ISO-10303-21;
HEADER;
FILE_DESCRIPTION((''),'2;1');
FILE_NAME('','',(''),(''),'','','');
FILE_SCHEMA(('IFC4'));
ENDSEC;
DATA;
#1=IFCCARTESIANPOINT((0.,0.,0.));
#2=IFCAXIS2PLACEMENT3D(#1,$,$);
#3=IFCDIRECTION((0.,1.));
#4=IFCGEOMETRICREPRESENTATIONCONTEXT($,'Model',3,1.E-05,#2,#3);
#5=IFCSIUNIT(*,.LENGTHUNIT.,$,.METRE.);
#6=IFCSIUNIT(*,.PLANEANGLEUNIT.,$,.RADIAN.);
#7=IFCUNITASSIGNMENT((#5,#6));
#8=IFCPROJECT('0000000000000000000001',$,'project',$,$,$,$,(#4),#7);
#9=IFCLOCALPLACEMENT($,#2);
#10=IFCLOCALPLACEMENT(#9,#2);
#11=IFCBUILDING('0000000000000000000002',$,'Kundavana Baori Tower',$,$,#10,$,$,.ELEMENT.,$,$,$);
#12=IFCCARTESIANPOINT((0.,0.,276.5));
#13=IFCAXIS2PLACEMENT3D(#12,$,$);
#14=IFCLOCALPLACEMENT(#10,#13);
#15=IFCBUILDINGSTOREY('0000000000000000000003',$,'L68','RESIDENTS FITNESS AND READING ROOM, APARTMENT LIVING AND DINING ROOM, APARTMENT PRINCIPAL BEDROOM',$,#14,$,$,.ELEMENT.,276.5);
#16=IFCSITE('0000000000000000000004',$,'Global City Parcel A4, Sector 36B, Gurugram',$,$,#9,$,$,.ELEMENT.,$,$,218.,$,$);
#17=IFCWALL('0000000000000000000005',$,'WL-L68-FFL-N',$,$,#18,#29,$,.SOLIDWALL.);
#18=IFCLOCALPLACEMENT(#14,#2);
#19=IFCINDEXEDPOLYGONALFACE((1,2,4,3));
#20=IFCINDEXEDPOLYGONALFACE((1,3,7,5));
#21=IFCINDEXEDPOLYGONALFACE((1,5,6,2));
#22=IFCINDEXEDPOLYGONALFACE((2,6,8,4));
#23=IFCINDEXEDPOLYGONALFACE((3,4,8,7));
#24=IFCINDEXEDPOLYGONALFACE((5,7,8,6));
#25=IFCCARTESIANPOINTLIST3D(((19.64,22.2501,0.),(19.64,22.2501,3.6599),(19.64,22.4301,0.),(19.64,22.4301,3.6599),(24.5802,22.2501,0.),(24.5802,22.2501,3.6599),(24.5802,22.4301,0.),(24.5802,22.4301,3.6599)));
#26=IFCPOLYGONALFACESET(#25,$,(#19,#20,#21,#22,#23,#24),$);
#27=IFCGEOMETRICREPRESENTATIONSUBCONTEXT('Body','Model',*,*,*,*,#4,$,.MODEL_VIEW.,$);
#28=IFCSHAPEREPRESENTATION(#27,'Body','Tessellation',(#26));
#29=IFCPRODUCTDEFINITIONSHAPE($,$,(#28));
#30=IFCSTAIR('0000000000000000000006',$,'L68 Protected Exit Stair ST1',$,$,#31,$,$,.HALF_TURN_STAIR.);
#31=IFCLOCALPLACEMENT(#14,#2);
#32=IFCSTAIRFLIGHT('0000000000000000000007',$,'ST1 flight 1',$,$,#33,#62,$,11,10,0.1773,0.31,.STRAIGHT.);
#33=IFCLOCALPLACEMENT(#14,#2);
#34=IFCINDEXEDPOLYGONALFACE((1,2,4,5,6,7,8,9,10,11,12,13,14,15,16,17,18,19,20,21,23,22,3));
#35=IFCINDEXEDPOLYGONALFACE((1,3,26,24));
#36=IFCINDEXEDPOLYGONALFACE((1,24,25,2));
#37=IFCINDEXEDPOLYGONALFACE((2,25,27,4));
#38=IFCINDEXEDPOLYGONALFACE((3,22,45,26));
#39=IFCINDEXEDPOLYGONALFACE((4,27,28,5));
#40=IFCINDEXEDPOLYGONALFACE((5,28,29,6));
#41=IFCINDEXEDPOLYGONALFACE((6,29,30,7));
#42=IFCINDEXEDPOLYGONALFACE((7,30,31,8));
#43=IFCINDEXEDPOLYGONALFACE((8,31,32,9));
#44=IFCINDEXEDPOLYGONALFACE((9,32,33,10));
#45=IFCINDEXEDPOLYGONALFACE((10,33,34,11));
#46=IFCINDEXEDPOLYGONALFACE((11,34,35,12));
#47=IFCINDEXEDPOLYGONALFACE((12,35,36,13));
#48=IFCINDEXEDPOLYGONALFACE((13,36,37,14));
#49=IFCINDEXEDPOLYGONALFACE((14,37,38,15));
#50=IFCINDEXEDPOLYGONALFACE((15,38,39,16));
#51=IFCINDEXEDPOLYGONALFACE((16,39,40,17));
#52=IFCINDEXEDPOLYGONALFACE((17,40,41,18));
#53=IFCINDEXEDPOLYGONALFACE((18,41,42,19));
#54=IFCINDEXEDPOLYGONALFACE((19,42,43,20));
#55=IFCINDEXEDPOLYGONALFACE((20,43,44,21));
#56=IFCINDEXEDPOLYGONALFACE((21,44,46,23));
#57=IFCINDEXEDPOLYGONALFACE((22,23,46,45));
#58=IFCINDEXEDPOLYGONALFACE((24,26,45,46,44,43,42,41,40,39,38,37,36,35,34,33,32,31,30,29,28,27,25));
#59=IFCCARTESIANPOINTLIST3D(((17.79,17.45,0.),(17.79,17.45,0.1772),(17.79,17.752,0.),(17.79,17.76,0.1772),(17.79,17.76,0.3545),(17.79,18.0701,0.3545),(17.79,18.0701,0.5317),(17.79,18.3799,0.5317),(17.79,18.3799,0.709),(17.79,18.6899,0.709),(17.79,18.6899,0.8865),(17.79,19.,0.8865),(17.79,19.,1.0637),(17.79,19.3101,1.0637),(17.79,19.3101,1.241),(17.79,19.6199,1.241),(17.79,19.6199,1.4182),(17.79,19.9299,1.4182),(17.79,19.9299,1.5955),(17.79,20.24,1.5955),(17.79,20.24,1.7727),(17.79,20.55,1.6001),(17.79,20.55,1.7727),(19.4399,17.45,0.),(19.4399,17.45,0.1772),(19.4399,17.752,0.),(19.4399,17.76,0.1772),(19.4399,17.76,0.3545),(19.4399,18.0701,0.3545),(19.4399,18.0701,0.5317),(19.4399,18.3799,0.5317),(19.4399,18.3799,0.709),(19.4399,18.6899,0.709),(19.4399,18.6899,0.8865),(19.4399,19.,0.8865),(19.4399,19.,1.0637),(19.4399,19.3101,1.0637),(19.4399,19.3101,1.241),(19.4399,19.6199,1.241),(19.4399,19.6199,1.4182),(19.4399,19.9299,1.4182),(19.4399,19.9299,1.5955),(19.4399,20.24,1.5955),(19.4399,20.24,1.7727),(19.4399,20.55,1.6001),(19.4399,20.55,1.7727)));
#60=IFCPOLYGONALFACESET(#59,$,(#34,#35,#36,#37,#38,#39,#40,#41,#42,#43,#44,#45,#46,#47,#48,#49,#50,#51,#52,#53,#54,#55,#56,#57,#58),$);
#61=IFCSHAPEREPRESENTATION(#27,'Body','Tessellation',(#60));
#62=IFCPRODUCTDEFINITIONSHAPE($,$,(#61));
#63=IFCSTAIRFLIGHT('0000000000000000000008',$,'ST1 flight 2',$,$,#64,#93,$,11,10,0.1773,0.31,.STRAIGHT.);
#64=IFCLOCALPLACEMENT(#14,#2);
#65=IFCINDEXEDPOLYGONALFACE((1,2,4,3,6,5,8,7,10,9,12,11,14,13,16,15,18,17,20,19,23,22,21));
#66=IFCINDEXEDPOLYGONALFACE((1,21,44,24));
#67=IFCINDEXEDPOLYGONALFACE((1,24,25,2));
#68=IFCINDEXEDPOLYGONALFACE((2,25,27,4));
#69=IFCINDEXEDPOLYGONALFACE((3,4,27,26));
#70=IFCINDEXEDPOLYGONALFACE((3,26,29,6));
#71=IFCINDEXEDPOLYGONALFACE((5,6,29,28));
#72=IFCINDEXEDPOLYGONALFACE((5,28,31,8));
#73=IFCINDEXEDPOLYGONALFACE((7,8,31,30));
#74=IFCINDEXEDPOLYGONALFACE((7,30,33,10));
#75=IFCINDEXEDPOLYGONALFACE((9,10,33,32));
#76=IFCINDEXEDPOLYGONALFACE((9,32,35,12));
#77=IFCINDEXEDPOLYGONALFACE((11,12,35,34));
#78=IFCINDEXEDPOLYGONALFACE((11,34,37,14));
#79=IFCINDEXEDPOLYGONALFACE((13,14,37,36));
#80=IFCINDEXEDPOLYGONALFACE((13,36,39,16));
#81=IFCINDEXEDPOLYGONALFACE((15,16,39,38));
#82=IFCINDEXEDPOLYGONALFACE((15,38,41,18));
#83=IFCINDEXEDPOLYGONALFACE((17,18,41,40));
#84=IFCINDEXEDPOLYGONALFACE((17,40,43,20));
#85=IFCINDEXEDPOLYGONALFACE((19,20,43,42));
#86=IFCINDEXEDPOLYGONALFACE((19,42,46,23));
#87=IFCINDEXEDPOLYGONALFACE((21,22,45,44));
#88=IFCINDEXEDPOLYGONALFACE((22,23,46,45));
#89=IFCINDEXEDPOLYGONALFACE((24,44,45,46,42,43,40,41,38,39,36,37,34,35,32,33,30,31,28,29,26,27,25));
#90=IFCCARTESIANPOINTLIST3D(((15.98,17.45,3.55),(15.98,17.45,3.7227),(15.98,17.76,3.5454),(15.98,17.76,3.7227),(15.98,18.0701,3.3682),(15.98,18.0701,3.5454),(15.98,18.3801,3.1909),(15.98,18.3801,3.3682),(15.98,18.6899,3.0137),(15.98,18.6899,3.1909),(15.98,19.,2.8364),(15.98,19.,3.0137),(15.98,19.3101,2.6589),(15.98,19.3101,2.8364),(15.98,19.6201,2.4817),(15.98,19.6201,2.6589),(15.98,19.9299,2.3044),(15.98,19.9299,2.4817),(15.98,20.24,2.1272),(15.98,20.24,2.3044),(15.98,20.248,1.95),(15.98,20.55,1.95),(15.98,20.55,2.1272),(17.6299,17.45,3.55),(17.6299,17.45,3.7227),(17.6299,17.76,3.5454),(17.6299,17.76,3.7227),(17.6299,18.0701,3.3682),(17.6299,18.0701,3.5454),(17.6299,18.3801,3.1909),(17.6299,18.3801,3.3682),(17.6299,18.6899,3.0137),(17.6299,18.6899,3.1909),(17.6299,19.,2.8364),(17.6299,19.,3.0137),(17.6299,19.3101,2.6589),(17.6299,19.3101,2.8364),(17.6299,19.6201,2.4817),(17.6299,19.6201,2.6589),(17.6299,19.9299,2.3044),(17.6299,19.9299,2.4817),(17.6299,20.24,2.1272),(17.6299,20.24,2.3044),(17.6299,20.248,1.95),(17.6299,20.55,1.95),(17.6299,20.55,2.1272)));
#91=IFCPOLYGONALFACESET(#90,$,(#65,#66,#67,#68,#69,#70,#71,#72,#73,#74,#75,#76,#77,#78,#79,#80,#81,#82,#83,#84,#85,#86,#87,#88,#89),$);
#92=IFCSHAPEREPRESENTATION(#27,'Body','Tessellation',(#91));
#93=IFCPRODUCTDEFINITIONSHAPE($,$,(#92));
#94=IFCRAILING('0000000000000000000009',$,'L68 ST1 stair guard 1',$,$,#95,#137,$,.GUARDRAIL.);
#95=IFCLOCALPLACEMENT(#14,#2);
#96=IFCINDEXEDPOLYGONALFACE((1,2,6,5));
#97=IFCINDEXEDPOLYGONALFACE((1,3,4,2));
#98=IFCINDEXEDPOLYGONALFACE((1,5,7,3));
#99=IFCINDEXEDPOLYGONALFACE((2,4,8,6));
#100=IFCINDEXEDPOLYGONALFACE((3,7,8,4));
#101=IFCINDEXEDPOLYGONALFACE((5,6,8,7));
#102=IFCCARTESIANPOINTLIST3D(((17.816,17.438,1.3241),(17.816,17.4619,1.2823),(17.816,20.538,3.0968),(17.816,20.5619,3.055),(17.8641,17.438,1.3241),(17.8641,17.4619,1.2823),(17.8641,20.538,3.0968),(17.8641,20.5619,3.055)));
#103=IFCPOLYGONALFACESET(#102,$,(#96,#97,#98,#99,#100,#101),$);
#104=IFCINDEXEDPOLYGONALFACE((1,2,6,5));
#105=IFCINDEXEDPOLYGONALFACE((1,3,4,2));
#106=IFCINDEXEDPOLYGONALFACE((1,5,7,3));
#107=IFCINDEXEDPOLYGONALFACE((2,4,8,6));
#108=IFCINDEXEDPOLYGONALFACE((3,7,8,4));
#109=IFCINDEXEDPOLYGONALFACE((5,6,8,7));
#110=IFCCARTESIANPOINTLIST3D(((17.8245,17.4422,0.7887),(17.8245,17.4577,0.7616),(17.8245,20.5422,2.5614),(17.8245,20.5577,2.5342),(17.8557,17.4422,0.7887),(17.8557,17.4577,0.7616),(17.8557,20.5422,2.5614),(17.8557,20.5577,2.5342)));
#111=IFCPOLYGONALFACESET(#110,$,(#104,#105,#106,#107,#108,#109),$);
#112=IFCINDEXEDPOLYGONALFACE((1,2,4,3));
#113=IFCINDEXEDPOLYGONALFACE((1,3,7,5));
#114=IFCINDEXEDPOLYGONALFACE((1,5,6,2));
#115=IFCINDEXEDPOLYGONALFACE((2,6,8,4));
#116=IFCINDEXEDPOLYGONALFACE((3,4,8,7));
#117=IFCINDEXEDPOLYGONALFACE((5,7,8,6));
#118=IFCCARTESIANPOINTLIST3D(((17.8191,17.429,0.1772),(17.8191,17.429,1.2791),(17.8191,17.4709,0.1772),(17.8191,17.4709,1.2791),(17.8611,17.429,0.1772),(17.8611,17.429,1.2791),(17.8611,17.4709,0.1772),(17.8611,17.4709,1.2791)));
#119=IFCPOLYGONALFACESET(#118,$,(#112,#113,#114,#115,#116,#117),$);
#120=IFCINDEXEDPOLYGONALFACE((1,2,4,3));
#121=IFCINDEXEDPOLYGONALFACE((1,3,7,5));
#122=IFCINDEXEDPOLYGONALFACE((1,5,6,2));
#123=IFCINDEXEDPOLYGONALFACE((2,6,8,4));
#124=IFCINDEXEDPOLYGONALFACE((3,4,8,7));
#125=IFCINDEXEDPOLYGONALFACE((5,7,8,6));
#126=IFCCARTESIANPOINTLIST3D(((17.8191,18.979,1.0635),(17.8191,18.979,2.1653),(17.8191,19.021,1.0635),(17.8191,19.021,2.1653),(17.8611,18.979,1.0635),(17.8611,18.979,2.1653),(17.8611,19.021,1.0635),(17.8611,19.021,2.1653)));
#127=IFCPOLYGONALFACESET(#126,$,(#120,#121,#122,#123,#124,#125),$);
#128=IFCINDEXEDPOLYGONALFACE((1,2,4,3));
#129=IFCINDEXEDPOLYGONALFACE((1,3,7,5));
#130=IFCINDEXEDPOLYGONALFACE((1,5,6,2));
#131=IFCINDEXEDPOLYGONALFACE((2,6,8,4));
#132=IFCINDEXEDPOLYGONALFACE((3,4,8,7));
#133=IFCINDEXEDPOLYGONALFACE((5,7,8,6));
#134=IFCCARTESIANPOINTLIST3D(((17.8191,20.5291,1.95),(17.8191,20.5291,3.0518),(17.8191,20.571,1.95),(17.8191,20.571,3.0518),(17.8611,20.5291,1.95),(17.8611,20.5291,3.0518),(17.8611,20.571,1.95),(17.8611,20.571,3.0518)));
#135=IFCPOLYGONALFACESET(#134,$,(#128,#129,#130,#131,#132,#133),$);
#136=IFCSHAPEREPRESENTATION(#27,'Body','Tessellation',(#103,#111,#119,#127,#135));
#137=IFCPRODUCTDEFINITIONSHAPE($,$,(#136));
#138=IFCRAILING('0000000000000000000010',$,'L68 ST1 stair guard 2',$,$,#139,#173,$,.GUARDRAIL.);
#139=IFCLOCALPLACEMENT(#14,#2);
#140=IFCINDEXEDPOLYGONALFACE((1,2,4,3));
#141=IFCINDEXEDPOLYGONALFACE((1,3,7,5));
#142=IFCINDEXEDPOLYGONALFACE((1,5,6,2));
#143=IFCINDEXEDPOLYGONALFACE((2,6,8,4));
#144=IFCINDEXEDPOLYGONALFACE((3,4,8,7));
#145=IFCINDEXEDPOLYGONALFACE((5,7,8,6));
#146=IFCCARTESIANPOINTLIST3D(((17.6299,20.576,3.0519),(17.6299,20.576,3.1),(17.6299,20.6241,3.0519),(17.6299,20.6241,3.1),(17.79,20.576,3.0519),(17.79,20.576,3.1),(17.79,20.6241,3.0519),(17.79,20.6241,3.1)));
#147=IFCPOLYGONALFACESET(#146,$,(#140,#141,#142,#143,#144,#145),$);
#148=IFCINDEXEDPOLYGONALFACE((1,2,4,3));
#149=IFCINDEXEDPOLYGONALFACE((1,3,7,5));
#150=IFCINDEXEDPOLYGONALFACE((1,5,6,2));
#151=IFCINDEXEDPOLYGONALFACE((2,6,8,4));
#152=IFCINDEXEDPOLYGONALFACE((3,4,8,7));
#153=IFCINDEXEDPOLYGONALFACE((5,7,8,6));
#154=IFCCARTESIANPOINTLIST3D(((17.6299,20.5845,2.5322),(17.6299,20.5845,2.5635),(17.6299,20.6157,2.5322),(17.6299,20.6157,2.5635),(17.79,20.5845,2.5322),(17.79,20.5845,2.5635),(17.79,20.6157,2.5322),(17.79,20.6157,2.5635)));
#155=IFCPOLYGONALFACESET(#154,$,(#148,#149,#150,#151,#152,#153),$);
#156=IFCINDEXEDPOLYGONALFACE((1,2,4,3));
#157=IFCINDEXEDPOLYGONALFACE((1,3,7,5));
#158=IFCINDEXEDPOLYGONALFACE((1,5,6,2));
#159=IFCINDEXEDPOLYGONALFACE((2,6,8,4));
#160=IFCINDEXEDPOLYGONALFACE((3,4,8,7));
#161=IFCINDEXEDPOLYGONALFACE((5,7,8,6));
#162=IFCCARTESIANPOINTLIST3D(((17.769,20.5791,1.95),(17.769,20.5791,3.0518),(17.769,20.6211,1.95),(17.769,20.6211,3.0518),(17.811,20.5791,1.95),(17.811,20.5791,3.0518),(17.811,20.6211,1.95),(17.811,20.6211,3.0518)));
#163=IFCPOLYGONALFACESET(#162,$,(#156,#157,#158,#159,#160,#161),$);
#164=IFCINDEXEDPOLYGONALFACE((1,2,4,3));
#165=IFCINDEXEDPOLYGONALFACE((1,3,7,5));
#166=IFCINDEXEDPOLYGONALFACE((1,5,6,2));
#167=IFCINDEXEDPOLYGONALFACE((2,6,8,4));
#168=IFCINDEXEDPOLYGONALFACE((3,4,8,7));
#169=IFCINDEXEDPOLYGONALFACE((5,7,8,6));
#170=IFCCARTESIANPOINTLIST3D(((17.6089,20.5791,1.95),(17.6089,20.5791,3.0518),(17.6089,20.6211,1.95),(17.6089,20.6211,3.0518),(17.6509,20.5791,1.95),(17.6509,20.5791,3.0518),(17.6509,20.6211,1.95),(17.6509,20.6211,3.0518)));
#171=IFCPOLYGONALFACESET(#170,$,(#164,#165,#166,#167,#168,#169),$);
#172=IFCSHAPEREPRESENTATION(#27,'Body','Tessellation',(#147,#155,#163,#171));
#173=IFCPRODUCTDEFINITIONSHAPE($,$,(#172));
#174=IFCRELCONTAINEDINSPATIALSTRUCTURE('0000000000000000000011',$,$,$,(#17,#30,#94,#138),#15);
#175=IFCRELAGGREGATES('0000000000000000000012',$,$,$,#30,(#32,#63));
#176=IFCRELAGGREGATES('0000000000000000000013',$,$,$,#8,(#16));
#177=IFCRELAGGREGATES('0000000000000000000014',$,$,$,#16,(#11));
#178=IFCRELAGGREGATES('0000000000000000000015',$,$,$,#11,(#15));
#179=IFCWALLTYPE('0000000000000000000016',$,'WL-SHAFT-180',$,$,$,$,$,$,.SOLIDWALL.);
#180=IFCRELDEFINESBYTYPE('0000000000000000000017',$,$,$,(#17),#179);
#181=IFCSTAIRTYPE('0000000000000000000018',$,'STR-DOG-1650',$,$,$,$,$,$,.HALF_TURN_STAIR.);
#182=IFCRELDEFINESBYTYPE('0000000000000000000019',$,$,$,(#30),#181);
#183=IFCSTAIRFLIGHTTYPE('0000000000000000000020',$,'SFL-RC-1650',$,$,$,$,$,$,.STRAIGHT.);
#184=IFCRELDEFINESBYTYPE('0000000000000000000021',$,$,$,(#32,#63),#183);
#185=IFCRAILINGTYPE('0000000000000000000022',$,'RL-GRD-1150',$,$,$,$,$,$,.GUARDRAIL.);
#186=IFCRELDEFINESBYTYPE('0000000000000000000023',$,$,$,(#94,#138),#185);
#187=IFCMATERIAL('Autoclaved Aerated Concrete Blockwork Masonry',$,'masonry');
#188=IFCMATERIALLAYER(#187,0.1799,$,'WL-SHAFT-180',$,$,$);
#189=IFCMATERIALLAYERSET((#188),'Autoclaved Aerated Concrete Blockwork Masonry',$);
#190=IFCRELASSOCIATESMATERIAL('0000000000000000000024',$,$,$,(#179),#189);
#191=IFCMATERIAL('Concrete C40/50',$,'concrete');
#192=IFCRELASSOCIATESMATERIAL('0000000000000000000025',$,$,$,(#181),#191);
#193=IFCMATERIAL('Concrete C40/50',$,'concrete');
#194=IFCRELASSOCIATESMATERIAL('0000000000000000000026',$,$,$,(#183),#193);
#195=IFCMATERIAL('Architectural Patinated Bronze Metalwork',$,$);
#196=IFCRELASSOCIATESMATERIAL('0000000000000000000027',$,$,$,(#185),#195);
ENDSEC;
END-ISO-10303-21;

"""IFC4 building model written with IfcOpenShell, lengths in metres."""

from ifc_helpers import new_model, si_unit, direction, frame, frame_2d, origin, origin_2d, place, context, subcontext, project, spatial, polyline, rectangle, outline, extrude, material, layer, layer_set, type_object, element, aggregate, save


model = new_model("IFC4")

# Units and contexts
model_context = context("Model", 3, precision=1e-05, world=origin(), true_north=direction((0.0, 1.0)))
body_context = subcontext(model_context, "Body", "Model", "MODEL_VIEW")
ifc_project = project(units=[si_unit("LENGTHUNIT", "METRE"), si_unit("PLANEANGLEUNIT", "RADIAN")], contexts=[model_context])

# Site, building, storey
site_placement = place(None, origin())
site = spatial("IfcSite", under=ifc_project, at=site_placement, Name="Global City Parcel A4, Sector 36B, Gurugram", CompositionType="ELEMENT", RefElevation=218.0)
building_placement = place(site_placement, origin())
building = spatial("IfcBuilding", under=site, at=building_placement, Name="Kundavana Baori Tower", CompositionType="ELEMENT")
storey_placement = place(building_placement, frame((0.0, 0.0, 276.5)))
storey = spatial("IfcBuildingStorey", under=building, at=storey_placement, Name="L68", Description="RESIDENTS FITNESS AND READING ROOM, APARTMENT LIVING AND DINING ROOM, APARTMENT PRINCIPAL BEDROOM", CompositionType="ELEMENT", Elevation=276.5)

# Shared definitions
ifc_material_1 = material(Name="Autoclaved Aerated Concrete Blockwork Masonry", Category="masonry")
ifc_layer_1 = layer(ifc_material_1, 0.1799, Name="WL-SHAFT-180")
ifc_layer_set_1 = layer_set([ifc_layer_1], Name="Autoclaved Aerated Concrete Blockwork Masonry")
wall_type_1 = type_object("IfcWallType", Name="WL-SHAFT-180", PredefinedType="SOLIDWALL", material=ifc_layer_set_1)

# Wall
wall_1_placement = place(storey_placement, frame((19.6399, 22.3401, 0.0), z_axis=(0.0, 0.0, 1.0), x_axis=(1.0, 0.0, 0.0)))
element("IfcWall", 1, at=wall_1_placement, inside=storey, type_object=wall_type_1, Name="WL-L68-FFL-N", PredefinedType="SOLIDWALL", context=body_context, shape_type="SweptSolid", body=[
    extrude(rectangle(XDim=4.9402, YDim=0.1799, at=frame_2d((2.4702, 0.0))), origin(), (0.0, 0.0, 1.0), 3.6599),
])

# Stair, stair flights
ifc_material_2 = material(Name="Concrete C40/50", Category="concrete")
stair_type = type_object("IfcStairType", Name="STR-DOG-1650", PredefinedType="HALF_TURN_STAIR", material=ifc_material_2)
stair_placement = place(storey_placement, origin())
stair = element("IfcStair", 2, at=stair_placement, inside=storey, type_object=stair_type, Name="L68 Protected Exit Stair ST1", PredefinedType="HALF_TURN_STAIR")
ifc_material_3 = material(Name="Concrete C40/50", Category="concrete")
stair_flight_type = type_object("IfcStairFlightType", Name="SFL-RC-1650", PredefinedType="STRAIGHT", material=ifc_material_3)
stair_flight_1_placement = place(storey_placement, frame((18.615, 17.45, 0.0), z_axis=(0.0, 0.0, 1.0), x_axis=(0.0, 1.0, 0.0)))
stair_flight_1 = element("IfcStairFlight", 3, at=stair_flight_1_placement, type_object=stair_flight_type, Name="ST1 flight 1", NumberOfRisers=11, NumberOfTreads=10, PredefinedType="STRAIGHT", RiserHeight=0.1773, TreadLength=0.31, context=body_context, shape_type="SweptSolid", body=[
    extrude(outline(polyline([(0.0, 0.0), (0.0, 0.1772), (0.3101, 0.1772), (0.3101, 0.3545), (0.6201, 0.3545), (0.6201, 0.5317), (0.9299, 0.5317), (0.9299, 0.709), (1.24, 0.709), (1.24, 0.8865), (1.55, 0.8865), (1.55, 1.0637), (1.8601, 1.0637), (1.8601, 1.241), (2.1699, 1.241), (2.1699, 1.4182), (2.48, 1.4182), (2.48, 1.5955), (2.79, 1.5955), (2.79, 1.7727), (3.1001, 1.7727), (3.1001, 1.95), (3.1001, 1.6001), (0.302, 0.0), (0.0, 0.0)])), frame((0.0, 0.825, 0.0), z_axis=(0.0, -1.0, 0.0), x_axis=(1.0, 0.0, 0.0)), (0.0, 0.0, 1.0), 1.6499),
])
stair_flight_2_placement = place(storey_placement, frame((16.8049, 20.55, 1.95), z_axis=(0.0, 0.0, 1.0), x_axis=(0.0, -1.0, 0.0)))
stair_flight_2 = element("IfcStairFlight", 4, at=stair_flight_2_placement, type_object=stair_flight_type, Name="ST1 flight 2", NumberOfRisers=11, NumberOfTreads=10, PredefinedType="STRAIGHT", RiserHeight=0.1773, TreadLength=0.31, context=body_context, shape_type="SweptSolid", body=[
    extrude(outline(polyline([(0.0, 0.0), (0.0, 0.1772), (0.3101, 0.1772), (0.3101, 0.3545), (0.6201, 0.3545), (0.6201, 0.5317), (0.9299, 0.5317), (0.9299, 0.709), (1.24, 0.709), (1.24, 0.8865), (1.55, 0.8865), (1.55, 1.0637), (1.8601, 1.0637), (1.8601, 1.241), (2.1699, 1.241), (2.1699, 1.4182), (2.48, 1.4182), (2.48, 1.5955), (2.79, 1.5955), (2.79, 1.7727), (3.1001, 1.7727), (3.1001, 1.95), (3.1001, 1.6001), (0.302, 0.0), (0.0, 0.0)])), frame((0.0, 0.825, 0.0), z_axis=(0.0, -1.0, 0.0), x_axis=(1.0, 0.0, 0.0)), (0.0, 0.0, 1.0), 1.6499),
])
aggregate(stair, [stair_flight_1, stair_flight_2])

# Railings
ifc_material_4 = material(Name="Architectural Patinated Bronze Metalwork")
railing_type_1 = type_object("IfcRailingType", Name="RL-GRD-1150", PredefinedType="GUARDRAIL", material=ifc_material_4)
railing_1_placement = place(storey_placement, frame((17.8401, 17.45, 0.1772)))
element("IfcRailing", 5, at=railing_1_placement, inside=storey, type_object=railing_type_1, Name="L68 ST1 stair guard 1", PredefinedType="GUARDRAIL", context=body_context, shape_type="SweptSolid", body=[
    extrude(rectangle(XDim=0.0481, YDim=0.0481, at=origin_2d()), frame((0.0, 0.0, 1.126), z_axis=(0.0, 0.868096, 0.496397), x_axis=(-1.0, 0.0, 0.0)), (0.0, 0.0, 1.0), 3.571),
    extrude(rectangle(XDim=0.0312, YDim=0.0312, at=origin_2d()), frame((0.0, 0.0, 0.5979), z_axis=(0.0, 0.868096, 0.496397), x_axis=(-1.0, 0.0, 0.0)), (0.0, 0.0, 1.0), 3.571),
    extrude(rectangle(XDim=0.042, YDim=0.042, at=origin_2d()), origin(), (0.0, 0.0, 1.0), 1.1018),
    extrude(rectangle(XDim=0.042, YDim=0.042, at=origin_2d()), frame((0.0, 1.55, 0.8862)), (0.0, 0.0, 1.0), 1.1018),
    extrude(rectangle(XDim=0.042, YDim=0.042, at=origin_2d()), frame((0.0, 3.1001, 1.7727)), (0.0, 0.0, 1.0), 1.1018),
])
railing_2_placement = place(storey_placement, frame((17.79, 20.6001, 1.95)))
element("IfcRailing", 6, at=railing_2_placement, inside=storey, type_object=railing_type_1, Name="L68 ST1 stair guard 2", PredefinedType="GUARDRAIL", context=body_context, shape_type="SweptSolid", body=[
    extrude(rectangle(XDim=0.0481, YDim=0.0481, at=origin_2d()), frame((0.0, 0.0, 1.126), z_axis=(-1.0, 0.0, 0.0), x_axis=(0.0, -1.0, 0.0)), (0.0, 0.0, 1.0), 0.1602),
    extrude(rectangle(XDim=0.0312, YDim=0.0312, at=origin_2d()), frame((0.0, 0.0, 0.5979), z_axis=(-1.0, 0.0, 0.0), x_axis=(0.0, -1.0, 0.0)), (0.0, 0.0, 1.0), 0.1602),
    extrude(rectangle(XDim=0.042, YDim=0.042, at=origin_2d()), origin(), (0.0, 0.0, 1.0), 1.1018),
    extrude(rectangle(XDim=0.042, YDim=0.042, at=origin_2d()), frame((-0.1602, 0.0, 0.0)), (0.0, 0.0, 1.0), 1.1018),
])

save(model, "model.ifc")
